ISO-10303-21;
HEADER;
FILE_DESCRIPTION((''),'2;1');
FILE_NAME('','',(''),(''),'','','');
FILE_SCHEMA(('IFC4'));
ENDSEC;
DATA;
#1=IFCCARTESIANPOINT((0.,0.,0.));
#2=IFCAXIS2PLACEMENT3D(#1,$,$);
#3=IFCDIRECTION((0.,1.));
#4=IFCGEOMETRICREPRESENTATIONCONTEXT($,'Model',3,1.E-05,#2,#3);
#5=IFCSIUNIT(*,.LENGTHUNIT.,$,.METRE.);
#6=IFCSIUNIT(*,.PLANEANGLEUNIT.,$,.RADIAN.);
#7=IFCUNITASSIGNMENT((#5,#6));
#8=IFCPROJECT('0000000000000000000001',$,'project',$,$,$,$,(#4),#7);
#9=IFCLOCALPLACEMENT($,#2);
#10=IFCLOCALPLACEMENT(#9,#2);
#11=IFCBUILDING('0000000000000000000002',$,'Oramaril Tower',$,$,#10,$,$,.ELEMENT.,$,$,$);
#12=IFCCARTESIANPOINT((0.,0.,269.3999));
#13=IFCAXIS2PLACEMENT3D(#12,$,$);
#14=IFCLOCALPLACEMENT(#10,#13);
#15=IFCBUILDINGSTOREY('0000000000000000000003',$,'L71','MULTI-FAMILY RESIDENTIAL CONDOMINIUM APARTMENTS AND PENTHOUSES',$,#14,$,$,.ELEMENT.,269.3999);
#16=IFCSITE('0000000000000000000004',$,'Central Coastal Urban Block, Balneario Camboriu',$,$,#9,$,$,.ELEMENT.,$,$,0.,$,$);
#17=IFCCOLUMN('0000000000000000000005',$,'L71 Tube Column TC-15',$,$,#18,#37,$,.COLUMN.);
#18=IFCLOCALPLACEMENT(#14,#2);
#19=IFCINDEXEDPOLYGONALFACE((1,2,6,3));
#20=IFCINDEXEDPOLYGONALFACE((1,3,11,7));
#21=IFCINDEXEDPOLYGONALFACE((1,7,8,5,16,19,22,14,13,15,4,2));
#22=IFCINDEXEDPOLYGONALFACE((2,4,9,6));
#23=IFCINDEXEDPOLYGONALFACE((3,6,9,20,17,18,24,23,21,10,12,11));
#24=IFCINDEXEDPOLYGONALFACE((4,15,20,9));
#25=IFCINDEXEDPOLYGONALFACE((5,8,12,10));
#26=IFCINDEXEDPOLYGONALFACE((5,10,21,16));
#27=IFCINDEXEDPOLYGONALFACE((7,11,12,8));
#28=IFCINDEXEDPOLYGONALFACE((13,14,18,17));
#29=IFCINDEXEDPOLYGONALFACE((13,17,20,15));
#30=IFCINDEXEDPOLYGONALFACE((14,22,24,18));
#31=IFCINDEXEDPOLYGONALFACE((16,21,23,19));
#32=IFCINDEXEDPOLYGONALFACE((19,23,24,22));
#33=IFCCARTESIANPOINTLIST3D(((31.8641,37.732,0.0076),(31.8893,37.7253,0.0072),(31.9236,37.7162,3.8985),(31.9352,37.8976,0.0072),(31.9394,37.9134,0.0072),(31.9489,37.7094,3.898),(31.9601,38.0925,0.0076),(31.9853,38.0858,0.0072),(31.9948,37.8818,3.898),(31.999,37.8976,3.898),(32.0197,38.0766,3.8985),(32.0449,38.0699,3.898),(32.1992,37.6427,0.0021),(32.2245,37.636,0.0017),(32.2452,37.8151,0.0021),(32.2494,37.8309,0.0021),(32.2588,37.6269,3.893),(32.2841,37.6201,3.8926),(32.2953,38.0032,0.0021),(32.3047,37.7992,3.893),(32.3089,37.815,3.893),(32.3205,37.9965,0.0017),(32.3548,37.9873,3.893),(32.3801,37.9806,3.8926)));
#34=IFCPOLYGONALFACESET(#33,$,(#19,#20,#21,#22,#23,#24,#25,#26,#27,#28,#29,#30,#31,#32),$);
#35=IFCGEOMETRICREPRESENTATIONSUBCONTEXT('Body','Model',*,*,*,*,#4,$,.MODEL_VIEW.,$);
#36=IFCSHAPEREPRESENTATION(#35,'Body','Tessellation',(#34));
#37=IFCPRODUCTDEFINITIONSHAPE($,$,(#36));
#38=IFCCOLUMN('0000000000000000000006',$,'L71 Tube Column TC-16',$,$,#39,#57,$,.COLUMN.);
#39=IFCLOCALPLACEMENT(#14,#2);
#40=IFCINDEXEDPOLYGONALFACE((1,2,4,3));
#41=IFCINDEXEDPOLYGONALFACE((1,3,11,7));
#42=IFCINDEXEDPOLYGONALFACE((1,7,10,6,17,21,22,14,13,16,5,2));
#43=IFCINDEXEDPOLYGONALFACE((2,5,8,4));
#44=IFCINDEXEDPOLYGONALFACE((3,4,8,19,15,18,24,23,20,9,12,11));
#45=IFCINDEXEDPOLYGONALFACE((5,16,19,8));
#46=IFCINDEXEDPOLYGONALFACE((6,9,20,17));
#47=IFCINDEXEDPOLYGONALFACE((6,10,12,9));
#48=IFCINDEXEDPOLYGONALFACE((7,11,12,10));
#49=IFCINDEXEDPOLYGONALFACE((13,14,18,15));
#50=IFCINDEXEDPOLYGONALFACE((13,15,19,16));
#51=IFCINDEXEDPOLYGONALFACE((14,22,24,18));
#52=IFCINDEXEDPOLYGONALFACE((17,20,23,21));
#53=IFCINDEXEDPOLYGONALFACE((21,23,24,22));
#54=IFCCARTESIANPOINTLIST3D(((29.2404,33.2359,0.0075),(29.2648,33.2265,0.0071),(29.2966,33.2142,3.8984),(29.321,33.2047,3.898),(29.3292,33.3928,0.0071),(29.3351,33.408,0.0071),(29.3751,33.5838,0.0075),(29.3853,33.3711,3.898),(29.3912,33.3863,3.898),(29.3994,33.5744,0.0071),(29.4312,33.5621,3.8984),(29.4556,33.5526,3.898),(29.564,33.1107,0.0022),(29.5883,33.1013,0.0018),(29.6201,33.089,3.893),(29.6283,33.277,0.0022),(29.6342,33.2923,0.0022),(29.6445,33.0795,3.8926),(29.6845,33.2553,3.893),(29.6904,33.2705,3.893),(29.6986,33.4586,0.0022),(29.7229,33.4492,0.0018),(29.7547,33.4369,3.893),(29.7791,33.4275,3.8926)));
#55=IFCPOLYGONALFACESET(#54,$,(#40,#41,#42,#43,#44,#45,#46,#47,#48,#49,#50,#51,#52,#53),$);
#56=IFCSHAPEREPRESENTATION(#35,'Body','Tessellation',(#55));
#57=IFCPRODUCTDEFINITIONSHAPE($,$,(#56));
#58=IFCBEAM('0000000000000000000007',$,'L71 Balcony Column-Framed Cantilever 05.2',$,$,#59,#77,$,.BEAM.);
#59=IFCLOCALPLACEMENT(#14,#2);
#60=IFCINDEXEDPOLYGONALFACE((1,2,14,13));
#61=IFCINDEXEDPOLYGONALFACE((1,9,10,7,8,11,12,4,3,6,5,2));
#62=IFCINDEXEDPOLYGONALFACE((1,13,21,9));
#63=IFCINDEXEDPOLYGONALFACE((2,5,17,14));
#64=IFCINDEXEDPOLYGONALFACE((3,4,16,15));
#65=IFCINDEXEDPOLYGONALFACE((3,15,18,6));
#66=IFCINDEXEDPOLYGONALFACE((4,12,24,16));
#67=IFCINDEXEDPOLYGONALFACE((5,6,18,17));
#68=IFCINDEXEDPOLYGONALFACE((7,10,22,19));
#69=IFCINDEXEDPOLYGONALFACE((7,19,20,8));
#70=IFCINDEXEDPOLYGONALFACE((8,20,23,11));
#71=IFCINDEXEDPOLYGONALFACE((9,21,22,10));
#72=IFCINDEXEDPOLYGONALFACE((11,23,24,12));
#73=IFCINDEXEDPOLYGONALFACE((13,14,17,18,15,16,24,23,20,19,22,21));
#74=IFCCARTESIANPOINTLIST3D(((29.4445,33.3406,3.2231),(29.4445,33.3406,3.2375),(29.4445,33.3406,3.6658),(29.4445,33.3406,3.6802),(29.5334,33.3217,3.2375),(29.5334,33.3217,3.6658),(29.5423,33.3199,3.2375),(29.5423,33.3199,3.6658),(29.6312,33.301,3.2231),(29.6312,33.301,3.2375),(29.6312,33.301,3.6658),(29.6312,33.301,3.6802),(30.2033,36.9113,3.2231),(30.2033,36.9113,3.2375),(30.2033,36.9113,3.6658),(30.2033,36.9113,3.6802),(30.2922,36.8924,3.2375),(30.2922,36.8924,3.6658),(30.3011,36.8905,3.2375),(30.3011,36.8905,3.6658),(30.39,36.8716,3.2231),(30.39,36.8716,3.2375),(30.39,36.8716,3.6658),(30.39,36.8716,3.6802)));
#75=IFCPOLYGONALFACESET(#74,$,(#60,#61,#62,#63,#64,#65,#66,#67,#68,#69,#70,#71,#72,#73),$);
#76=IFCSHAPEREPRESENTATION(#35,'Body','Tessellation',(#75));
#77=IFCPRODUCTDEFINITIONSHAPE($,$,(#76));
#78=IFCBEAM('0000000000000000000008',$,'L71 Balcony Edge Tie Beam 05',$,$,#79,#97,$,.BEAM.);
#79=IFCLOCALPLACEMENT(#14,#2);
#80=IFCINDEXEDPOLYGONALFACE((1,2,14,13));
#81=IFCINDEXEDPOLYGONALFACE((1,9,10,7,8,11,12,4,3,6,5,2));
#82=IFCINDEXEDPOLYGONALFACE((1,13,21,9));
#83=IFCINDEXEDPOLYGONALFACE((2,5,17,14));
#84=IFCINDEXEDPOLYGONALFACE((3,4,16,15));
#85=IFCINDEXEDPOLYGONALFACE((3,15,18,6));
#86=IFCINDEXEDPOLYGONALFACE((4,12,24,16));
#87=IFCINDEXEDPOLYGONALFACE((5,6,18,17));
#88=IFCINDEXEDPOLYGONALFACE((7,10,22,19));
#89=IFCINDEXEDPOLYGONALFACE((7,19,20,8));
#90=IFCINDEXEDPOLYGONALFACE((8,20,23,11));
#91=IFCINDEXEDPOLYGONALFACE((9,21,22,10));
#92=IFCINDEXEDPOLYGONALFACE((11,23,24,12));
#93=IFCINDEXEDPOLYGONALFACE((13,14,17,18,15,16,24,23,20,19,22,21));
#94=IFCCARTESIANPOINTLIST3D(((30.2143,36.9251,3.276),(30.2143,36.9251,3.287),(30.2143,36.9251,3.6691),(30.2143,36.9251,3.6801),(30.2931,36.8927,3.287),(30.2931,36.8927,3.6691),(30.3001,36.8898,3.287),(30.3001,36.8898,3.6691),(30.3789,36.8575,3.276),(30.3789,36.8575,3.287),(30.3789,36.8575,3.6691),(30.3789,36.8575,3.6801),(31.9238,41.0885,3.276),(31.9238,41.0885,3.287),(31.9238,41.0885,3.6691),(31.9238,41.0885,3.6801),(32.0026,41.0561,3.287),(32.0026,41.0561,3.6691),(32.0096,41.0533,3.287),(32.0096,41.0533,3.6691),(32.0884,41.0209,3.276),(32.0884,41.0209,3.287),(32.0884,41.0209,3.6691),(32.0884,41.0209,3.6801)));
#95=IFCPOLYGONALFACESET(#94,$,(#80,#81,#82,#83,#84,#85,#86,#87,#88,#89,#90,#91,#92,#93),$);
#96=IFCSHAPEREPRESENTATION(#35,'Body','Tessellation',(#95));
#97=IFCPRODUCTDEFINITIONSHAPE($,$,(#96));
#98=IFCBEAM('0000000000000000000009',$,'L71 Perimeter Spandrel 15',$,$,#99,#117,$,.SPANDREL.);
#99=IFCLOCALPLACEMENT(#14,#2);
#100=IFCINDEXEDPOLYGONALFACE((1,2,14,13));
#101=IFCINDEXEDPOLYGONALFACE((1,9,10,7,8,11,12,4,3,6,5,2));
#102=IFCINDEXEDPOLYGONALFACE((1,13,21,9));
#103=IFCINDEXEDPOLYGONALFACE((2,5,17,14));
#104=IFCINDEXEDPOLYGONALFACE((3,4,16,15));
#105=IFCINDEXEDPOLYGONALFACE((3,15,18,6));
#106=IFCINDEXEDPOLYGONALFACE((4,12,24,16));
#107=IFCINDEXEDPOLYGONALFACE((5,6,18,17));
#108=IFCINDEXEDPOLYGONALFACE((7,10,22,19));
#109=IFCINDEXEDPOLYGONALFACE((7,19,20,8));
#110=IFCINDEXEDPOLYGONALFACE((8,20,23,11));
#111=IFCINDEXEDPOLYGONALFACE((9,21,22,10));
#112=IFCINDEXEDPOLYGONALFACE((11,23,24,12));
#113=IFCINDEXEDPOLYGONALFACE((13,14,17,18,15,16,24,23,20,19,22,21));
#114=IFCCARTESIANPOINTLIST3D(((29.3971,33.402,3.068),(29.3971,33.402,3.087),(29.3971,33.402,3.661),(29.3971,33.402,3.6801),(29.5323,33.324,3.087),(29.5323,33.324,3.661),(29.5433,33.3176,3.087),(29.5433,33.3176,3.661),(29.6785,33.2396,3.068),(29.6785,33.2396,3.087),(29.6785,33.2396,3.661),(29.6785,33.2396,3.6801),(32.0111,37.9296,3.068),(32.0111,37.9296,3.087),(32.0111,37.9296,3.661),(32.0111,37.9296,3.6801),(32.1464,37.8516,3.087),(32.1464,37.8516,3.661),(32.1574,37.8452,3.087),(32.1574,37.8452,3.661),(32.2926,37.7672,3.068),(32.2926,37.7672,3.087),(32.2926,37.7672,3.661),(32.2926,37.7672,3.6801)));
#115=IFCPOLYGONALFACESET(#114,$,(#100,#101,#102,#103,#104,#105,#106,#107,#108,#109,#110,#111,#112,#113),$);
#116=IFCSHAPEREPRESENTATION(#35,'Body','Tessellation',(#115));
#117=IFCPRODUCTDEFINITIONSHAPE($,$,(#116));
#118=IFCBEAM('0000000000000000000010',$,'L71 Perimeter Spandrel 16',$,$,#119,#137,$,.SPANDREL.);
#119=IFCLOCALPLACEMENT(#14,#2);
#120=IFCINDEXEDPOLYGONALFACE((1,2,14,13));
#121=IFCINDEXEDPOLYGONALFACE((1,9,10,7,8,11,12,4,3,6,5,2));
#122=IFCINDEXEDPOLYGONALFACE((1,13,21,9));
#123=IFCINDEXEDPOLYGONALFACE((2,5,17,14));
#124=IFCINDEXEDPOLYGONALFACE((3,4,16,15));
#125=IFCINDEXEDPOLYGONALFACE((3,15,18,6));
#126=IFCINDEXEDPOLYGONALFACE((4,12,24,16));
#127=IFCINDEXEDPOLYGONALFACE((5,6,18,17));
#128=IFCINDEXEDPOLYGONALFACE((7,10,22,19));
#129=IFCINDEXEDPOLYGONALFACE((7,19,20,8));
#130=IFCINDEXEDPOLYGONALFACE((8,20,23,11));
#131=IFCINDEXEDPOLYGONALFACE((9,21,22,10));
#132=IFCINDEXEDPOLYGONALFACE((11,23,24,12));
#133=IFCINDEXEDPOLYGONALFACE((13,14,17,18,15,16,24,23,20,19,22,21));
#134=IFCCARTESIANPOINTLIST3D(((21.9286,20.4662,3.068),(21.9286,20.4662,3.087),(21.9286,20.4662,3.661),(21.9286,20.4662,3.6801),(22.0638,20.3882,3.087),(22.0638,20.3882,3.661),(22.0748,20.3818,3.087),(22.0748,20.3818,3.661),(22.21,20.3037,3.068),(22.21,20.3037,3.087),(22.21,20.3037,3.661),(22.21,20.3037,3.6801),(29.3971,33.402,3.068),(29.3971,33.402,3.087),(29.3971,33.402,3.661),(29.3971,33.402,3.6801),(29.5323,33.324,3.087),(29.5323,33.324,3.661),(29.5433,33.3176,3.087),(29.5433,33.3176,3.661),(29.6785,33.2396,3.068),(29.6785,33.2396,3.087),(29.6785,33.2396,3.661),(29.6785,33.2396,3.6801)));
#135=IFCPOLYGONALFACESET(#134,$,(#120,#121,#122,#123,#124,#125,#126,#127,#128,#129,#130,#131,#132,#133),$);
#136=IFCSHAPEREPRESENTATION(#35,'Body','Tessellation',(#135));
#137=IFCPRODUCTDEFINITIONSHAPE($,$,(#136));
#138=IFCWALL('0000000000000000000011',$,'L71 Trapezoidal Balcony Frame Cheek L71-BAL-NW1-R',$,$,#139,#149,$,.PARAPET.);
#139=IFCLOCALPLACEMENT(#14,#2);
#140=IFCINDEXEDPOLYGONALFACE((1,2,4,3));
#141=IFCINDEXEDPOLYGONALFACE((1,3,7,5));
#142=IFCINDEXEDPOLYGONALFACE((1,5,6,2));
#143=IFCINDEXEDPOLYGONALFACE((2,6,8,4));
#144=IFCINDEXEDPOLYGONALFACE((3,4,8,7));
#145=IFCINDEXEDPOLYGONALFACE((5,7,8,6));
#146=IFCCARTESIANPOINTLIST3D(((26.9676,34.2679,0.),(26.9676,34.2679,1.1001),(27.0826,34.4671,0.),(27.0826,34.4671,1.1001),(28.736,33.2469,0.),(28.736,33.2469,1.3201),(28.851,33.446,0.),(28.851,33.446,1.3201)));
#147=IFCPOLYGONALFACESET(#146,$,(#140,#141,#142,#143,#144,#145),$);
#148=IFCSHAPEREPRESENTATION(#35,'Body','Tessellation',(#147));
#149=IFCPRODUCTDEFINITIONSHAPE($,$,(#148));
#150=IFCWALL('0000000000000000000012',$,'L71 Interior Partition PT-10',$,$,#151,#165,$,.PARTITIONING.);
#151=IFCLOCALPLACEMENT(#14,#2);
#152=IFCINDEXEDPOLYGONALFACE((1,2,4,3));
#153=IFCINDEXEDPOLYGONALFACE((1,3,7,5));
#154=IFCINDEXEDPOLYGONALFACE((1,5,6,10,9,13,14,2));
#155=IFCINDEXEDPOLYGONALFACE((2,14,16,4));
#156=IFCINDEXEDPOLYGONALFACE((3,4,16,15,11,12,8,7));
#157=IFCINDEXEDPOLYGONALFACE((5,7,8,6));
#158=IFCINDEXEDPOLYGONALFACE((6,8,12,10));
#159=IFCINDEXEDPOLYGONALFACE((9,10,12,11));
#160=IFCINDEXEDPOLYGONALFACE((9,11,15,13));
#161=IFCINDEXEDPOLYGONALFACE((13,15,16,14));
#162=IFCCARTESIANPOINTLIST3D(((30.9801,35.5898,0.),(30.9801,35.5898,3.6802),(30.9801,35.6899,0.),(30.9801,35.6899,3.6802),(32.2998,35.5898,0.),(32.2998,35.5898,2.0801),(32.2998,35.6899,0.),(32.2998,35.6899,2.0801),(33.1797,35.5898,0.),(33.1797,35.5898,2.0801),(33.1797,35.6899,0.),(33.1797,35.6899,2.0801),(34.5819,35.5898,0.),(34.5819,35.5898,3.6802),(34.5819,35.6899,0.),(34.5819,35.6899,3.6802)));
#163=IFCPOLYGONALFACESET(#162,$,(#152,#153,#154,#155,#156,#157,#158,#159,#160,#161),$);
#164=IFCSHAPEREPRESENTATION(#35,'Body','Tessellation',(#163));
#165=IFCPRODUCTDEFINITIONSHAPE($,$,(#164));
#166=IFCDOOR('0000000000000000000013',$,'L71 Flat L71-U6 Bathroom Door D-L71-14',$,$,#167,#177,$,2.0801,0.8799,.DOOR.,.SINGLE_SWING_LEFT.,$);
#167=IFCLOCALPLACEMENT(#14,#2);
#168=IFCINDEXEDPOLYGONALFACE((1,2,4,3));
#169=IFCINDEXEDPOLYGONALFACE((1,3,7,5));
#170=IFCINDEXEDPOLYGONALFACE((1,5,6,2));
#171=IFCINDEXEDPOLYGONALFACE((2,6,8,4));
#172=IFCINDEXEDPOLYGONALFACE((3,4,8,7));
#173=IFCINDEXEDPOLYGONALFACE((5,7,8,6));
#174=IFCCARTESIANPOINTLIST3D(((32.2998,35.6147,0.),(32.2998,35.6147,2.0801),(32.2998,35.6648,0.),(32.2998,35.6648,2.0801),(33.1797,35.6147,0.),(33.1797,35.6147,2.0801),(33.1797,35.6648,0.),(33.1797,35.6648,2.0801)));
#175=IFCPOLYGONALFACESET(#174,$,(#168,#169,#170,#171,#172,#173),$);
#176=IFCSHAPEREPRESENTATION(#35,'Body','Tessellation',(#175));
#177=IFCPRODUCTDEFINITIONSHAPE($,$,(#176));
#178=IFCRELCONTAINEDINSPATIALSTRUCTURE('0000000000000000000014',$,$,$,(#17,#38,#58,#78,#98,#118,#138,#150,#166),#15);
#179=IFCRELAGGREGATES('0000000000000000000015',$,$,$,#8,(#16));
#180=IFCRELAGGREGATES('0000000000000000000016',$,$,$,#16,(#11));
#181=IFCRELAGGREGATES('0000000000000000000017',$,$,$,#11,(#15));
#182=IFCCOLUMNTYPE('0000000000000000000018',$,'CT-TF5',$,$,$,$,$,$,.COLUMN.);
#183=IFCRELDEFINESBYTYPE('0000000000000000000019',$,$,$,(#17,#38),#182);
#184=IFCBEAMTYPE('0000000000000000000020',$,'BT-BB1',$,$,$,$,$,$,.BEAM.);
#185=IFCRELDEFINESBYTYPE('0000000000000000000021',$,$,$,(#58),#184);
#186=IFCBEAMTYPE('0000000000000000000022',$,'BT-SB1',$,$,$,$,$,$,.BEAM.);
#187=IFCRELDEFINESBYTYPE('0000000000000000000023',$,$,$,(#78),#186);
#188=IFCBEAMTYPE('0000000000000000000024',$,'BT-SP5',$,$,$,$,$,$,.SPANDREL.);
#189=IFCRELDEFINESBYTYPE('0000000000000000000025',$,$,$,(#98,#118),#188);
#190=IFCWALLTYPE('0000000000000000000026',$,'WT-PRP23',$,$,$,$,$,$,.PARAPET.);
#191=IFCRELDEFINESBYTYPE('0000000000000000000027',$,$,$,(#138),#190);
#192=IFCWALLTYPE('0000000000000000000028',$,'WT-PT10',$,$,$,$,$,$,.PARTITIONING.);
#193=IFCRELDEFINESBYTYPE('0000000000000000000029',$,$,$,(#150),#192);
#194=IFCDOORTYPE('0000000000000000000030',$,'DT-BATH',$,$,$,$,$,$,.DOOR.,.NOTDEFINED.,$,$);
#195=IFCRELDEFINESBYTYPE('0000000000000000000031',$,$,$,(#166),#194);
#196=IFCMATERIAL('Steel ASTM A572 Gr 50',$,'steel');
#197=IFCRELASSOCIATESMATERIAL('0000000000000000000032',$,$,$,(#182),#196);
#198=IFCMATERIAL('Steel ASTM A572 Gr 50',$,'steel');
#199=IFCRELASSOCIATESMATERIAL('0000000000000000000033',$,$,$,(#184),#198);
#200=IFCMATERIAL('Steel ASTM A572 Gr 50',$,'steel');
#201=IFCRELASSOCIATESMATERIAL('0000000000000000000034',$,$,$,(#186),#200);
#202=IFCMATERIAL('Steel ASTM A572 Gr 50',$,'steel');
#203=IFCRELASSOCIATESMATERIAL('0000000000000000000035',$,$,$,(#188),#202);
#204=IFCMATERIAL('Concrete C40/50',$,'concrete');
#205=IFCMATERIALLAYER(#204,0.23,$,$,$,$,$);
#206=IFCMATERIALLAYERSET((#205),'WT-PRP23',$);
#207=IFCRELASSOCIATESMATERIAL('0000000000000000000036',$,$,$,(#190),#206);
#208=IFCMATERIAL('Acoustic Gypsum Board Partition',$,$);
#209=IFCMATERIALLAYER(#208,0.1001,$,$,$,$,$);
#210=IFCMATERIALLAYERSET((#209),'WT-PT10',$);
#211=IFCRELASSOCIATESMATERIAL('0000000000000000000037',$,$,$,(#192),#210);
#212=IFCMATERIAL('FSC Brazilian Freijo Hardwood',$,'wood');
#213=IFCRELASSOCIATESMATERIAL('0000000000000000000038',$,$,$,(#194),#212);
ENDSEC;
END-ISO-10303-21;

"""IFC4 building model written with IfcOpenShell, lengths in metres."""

from ifc_helpers import new_model, si_unit, direction, frame, frame_2d, origin, origin_2d, place, context, subcontext, project, spatial, polyline, rectangle, i_section, outline, extrude, material, layer, layer_set, material_profile, profile_set, type_object, element, fill, save


model = new_model("IFC4")

# Units and contexts
model_context = context("Model", 3, precision=1e-05, world=origin(), true_north=direction((0.0, 1.0)))
body_context = subcontext(model_context, "Body", "Model", "MODEL_VIEW")
ifc_project = project(units=[si_unit("LENGTHUNIT", "METRE"), si_unit("PLANEANGLEUNIT", "RADIAN")], contexts=[model_context])

# Site, building, storey
site_placement = place(None, origin())
site = spatial("IfcSite", under=ifc_project, at=site_placement, Name="Central Coastal Urban Block, Balneario Camboriu", CompositionType="ELEMENT", RefElevation=0.0)
building_placement = place(site_placement, origin())
building = spatial("IfcBuilding", under=site, at=building_placement, Name="Oramaril Tower", CompositionType="ELEMENT")
storey_placement = place(building_placement, frame((0.0, 0.0, 269.3999)))
storey = spatial("IfcBuildingStorey", under=building, at=storey_placement, Name="L71", Description="MULTI-FAMILY RESIDENTIAL CONDOMINIUM APARTMENTS AND PENTHOUSES", CompositionType="ELEMENT", Elevation=269.3999)

# Columns
ifc_material_1 = material(Name="Steel ASTM A572 Gr 50", Category="steel")
ifc_material_profile_1 = material_profile(ifc_material_1, i_section(OverallWidth=0.373, OverallDepth=0.373, WebThickness=0.0164, FlangeThickness=0.0261, at=origin_2d()), Name="W14X132")
ifc_profile_set_1 = profile_set([ifc_material_profile_1], Name="Steel ASTM A572 Gr 50")
column_type = type_object("IfcColumnType", Name="CT-TF5", PredefinedType="COLUMN", material=ifc_profile_set_1)
for number, where, z_axis, x_axis, name in (
    (1, (32.0923, 37.8643, 0.0046), (0.015308, -0.004078, 0.999875), (0.257416, 0.966301, 0.0), "L71 Tube Column TC-15"),
    (2, (29.4817, 33.3425, 0.0046), (0.01443, -0.005584, 0.99988), (0.36088, 0.932612, 0.0), "L71 Tube Column TC-16"),
):
    element("IfcColumn", number, at=place(storey_placement, frame(where, z_axis=z_axis, x_axis=x_axis)), inside=storey, type_object=column_type, Name=name, PredefinedType="COLUMN", context=body_context, shape_type="SweptSolid", body=[
        extrude(i_section(OverallWidth=0.373, OverallDepth=0.373, WebThickness=0.0164, FlangeThickness=0.0261, at=origin_2d()), origin(), (0.0, 0.0, 1.0), 3.8914),
    ])

# Beams
ifc_material_2 = material(Name="Steel ASTM A572 Gr 50", Category="steel")
ifc_material_profile_2 = material_profile(ifc_material_2, i_section(OverallWidth=0.1909, OverallDepth=0.457, WebThickness=0.009, FlangeThickness=0.0144, at=origin_2d()), Name="W18X50")
ifc_profile_set_2 = profile_set([ifc_material_profile_2], Name="Steel ASTM A572 Gr 50")
beam_type_1 = type_object("IfcBeamType", Name="BT-BB1", PredefinedType="BEAM", material=ifc_profile_set_2)
beam_1_placement = place(storey_placement, frame((29.5378, 33.3208, 3.4517), z_axis=(0.207871, 0.978156, 0.0), x_axis=(-0.978156, 0.207871, 0.0)))
element("IfcBeam", 3, at=beam_1_placement, inside=storey, type_object=beam_type_1, Name="L71 Balcony Column-Framed Cantilever 05.2", PredefinedType="BEAM", context=body_context, shape_type="SweptSolid", body=[
    extrude(i_section(OverallWidth=0.1909, OverallDepth=0.457, WebThickness=0.009, FlangeThickness=0.0144, at=origin_2d()), origin(), (0.0, 0.0, 1.0), 3.6504),
])
ifc_material_3 = material(Name="Steel ASTM A572 Gr 50", Category="steel")
ifc_material_profile_3 = material_profile(ifc_material_3, i_section(OverallWidth=0.178, OverallDepth=0.4041, WebThickness=0.0076, FlangeThickness=0.011, at=origin_2d()), Name="W16X36")
ifc_profile_set_3 = profile_set([ifc_material_profile_3], Name="Steel ASTM A572 Gr 50")
beam_type_2 = type_object("IfcBeamType", Name="BT-SB1", PredefinedType="BEAM", material=ifc_profile_set_3)
beam_2_placement = place(storey_placement, frame((32.0061, 41.0547, 3.478), z_axis=(-0.37983, -0.925056, 0.0), x_axis=(0.925056, -0.37983, 0.0)))
element("IfcBeam", 4, at=beam_2_placement, inside=storey, type_object=beam_type_2, Name="L71 Balcony Edge Tie Beam 05", PredefinedType="BEAM", context=body_context, shape_type="SweptSolid", body=[
    extrude(i_section(OverallWidth=0.178, OverallDepth=0.4041, WebThickness=0.0076, FlangeThickness=0.011, at=origin_2d()), origin(), (0.0, 0.0, 1.0), 4.5007),
])
ifc_material_4 = material(Name="Steel ASTM A572 Gr 50", Category="steel")
ifc_material_profile_4 = material_profile(ifc_material_4, i_section(OverallWidth=0.325, OverallDepth=0.6121, WebThickness=0.0127, FlangeThickness=0.019, at=origin_2d()), Name="W24X104")
ifc_profile_set_4 = profile_set([ifc_material_profile_4], Name="Steel ASTM A572 Gr 50")
beam_type_3 = type_object("IfcBeamType", Name="BT-SP5", PredefinedType="SPANDREL", material=ifc_profile_set_4)
beam_3_placement = place(storey_placement, frame((32.1519, 37.8484, 3.374), z_axis=(-0.500001, -0.866025, 0.0), x_axis=(0.866025, -0.500001, 0.0)))
element("IfcBeam", 5, at=beam_3_placement, inside=storey, type_object=beam_type_3, Name="L71 Perimeter Spandrel 15", PredefinedType="SPANDREL", context=body_context, shape_type="SweptSolid", body=[
    extrude(i_section(OverallWidth=0.325, OverallDepth=0.6121, WebThickness=0.0127, FlangeThickness=0.019, at=origin_2d()), origin(), (0.0, 0.0, 1.0), 5.228),
])
beam_4_placement = place(storey_placement, frame((29.5378, 33.3208, 3.374), z_axis=(-0.500001, -0.866025, 0.0), x_axis=(0.866025, -0.500001, 0.0)))
element("IfcBeam", 6, at=beam_4_placement, inside=storey, type_object=beam_type_3, Name="L71 Perimeter Spandrel 16", PredefinedType="SPANDREL", context=body_context, shape_type="SweptSolid", body=[
    extrude(i_section(OverallWidth=0.325, OverallDepth=0.6121, WebThickness=0.0127, FlangeThickness=0.019, at=origin_2d()), origin(), (0.0, 0.0, 1.0), 14.937),
])

# Wall
ifc_material_5 = material(Name="Concrete C40/50", Category="concrete")
ifc_layer_1 = layer(ifc_material_5, 0.23)
ifc_layer_set_1 = layer_set([ifc_layer_1], Name="WT-PRP23")
wall_type_1 = type_object("IfcWallType", Name="WT-PRP23", PredefinedType="PARAPET", material=ifc_layer_set_1)
wall_1_placement = place(storey_placement, frame((28.7935, 33.3464, 0.0), z_axis=(0.0, 0.0, 1.0), x_axis=(-0.866012, 0.500023, 0.0)))
element("IfcWall", 7, at=wall_1_placement, inside=storey, type_object=wall_type_1, Name="L71 Trapezoidal Balcony Frame Cheek L71-BAL-NW1-R", PredefinedType="PARAPET", context=body_context, shape_type="SweptSolid", body=[
    extrude(outline(polyline([(0.0, 0.0), (2.042, 0.0), (2.042, 1.1001), (0.0, 1.3201), (0.0, 0.0)])), frame((0.0, 0.115, 0.0), z_axis=(0.0, -1.0, 0.0), x_axis=(1.0, 0.0, 0.0)), (0.0, 0.0, 1.0), 0.23),
])

# Wall, opening, door
ifc_material_6 = material(Name="Acoustic Gypsum Board Partition")
ifc_layer_2 = layer(ifc_material_6, 0.1001)
ifc_layer_set_2 = layer_set([ifc_layer_2], Name="WT-PT10")
wall_type_2 = type_object("IfcWallType", Name="WT-PT10", PredefinedType="PARTITIONING", material=ifc_layer_set_2)
wall_2_placement = place(storey_placement, frame((30.9802, 35.6399, 0.0), z_axis=(0.0, 0.0, 1.0), x_axis=(1.0, 0.0, 0.0)))
wall_2 = element("IfcWall", 8, at=wall_2_placement, inside=storey, type_object=wall_type_2, Name="L71 Interior Partition PT-10", PredefinedType="PARTITIONING", context=body_context, shape_type="SweptSolid", body=[
    extrude(rectangle(XDim=3.6018, YDim=0.1001, at=frame_2d((1.8008, 0.0))), origin(), (0.0, 0.0, 1.0), 3.6802),
])
opening_placement = place(wall_2_placement, frame((1.3196, 0.0, 0.0)))
opening = element("IfcOpeningElement", 9, at=opening_placement, cuts=wall_2, PredefinedType="OPENING", context=body_context, shape_type="SweptSolid", body=[
    extrude(rectangle(XDim=0.8799, YDim=2.0801, at=frame_2d((0.4399, 1.04))), frame((0.0, 0.05, 0.0), z_axis=(0.0, -1.0, 0.0), x_axis=(1.0, 0.0, 0.0)), (0.0, 0.0, 1.0), 0.1001),
])
ifc_material_7 = material(Name="FSC Brazilian Freijo Hardwood", Category="wood")
door_type = type_object("IfcDoorType", Name="DT-BATH", OperationType="NOTDEFINED", PredefinedType="DOOR", material=ifc_material_7)
door_placement = place(opening_placement, origin())
door = element("IfcDoor", 10, at=door_placement, inside=storey, type_object=door_type, Name="L71 Flat L71-U6 Bathroom Door D-L71-14", OperationType="SINGLE_SWING_LEFT", OverallHeight=2.0801, OverallWidth=0.8799, PredefinedType="DOOR", context=body_context, shape_type="SweptSolid", body=[
    extrude(rectangle(XDim=0.8799, YDim=2.0801, at=frame_2d((0.4399, 1.04))), frame((0.0, 0.0249, 0.0), z_axis=(0.0, -1.0, 0.0), x_axis=(1.0, 0.0, 0.0)), (0.0, 0.0, 1.0), 0.05),
])
fill(opening, door)

save(model, "model.ifc")
